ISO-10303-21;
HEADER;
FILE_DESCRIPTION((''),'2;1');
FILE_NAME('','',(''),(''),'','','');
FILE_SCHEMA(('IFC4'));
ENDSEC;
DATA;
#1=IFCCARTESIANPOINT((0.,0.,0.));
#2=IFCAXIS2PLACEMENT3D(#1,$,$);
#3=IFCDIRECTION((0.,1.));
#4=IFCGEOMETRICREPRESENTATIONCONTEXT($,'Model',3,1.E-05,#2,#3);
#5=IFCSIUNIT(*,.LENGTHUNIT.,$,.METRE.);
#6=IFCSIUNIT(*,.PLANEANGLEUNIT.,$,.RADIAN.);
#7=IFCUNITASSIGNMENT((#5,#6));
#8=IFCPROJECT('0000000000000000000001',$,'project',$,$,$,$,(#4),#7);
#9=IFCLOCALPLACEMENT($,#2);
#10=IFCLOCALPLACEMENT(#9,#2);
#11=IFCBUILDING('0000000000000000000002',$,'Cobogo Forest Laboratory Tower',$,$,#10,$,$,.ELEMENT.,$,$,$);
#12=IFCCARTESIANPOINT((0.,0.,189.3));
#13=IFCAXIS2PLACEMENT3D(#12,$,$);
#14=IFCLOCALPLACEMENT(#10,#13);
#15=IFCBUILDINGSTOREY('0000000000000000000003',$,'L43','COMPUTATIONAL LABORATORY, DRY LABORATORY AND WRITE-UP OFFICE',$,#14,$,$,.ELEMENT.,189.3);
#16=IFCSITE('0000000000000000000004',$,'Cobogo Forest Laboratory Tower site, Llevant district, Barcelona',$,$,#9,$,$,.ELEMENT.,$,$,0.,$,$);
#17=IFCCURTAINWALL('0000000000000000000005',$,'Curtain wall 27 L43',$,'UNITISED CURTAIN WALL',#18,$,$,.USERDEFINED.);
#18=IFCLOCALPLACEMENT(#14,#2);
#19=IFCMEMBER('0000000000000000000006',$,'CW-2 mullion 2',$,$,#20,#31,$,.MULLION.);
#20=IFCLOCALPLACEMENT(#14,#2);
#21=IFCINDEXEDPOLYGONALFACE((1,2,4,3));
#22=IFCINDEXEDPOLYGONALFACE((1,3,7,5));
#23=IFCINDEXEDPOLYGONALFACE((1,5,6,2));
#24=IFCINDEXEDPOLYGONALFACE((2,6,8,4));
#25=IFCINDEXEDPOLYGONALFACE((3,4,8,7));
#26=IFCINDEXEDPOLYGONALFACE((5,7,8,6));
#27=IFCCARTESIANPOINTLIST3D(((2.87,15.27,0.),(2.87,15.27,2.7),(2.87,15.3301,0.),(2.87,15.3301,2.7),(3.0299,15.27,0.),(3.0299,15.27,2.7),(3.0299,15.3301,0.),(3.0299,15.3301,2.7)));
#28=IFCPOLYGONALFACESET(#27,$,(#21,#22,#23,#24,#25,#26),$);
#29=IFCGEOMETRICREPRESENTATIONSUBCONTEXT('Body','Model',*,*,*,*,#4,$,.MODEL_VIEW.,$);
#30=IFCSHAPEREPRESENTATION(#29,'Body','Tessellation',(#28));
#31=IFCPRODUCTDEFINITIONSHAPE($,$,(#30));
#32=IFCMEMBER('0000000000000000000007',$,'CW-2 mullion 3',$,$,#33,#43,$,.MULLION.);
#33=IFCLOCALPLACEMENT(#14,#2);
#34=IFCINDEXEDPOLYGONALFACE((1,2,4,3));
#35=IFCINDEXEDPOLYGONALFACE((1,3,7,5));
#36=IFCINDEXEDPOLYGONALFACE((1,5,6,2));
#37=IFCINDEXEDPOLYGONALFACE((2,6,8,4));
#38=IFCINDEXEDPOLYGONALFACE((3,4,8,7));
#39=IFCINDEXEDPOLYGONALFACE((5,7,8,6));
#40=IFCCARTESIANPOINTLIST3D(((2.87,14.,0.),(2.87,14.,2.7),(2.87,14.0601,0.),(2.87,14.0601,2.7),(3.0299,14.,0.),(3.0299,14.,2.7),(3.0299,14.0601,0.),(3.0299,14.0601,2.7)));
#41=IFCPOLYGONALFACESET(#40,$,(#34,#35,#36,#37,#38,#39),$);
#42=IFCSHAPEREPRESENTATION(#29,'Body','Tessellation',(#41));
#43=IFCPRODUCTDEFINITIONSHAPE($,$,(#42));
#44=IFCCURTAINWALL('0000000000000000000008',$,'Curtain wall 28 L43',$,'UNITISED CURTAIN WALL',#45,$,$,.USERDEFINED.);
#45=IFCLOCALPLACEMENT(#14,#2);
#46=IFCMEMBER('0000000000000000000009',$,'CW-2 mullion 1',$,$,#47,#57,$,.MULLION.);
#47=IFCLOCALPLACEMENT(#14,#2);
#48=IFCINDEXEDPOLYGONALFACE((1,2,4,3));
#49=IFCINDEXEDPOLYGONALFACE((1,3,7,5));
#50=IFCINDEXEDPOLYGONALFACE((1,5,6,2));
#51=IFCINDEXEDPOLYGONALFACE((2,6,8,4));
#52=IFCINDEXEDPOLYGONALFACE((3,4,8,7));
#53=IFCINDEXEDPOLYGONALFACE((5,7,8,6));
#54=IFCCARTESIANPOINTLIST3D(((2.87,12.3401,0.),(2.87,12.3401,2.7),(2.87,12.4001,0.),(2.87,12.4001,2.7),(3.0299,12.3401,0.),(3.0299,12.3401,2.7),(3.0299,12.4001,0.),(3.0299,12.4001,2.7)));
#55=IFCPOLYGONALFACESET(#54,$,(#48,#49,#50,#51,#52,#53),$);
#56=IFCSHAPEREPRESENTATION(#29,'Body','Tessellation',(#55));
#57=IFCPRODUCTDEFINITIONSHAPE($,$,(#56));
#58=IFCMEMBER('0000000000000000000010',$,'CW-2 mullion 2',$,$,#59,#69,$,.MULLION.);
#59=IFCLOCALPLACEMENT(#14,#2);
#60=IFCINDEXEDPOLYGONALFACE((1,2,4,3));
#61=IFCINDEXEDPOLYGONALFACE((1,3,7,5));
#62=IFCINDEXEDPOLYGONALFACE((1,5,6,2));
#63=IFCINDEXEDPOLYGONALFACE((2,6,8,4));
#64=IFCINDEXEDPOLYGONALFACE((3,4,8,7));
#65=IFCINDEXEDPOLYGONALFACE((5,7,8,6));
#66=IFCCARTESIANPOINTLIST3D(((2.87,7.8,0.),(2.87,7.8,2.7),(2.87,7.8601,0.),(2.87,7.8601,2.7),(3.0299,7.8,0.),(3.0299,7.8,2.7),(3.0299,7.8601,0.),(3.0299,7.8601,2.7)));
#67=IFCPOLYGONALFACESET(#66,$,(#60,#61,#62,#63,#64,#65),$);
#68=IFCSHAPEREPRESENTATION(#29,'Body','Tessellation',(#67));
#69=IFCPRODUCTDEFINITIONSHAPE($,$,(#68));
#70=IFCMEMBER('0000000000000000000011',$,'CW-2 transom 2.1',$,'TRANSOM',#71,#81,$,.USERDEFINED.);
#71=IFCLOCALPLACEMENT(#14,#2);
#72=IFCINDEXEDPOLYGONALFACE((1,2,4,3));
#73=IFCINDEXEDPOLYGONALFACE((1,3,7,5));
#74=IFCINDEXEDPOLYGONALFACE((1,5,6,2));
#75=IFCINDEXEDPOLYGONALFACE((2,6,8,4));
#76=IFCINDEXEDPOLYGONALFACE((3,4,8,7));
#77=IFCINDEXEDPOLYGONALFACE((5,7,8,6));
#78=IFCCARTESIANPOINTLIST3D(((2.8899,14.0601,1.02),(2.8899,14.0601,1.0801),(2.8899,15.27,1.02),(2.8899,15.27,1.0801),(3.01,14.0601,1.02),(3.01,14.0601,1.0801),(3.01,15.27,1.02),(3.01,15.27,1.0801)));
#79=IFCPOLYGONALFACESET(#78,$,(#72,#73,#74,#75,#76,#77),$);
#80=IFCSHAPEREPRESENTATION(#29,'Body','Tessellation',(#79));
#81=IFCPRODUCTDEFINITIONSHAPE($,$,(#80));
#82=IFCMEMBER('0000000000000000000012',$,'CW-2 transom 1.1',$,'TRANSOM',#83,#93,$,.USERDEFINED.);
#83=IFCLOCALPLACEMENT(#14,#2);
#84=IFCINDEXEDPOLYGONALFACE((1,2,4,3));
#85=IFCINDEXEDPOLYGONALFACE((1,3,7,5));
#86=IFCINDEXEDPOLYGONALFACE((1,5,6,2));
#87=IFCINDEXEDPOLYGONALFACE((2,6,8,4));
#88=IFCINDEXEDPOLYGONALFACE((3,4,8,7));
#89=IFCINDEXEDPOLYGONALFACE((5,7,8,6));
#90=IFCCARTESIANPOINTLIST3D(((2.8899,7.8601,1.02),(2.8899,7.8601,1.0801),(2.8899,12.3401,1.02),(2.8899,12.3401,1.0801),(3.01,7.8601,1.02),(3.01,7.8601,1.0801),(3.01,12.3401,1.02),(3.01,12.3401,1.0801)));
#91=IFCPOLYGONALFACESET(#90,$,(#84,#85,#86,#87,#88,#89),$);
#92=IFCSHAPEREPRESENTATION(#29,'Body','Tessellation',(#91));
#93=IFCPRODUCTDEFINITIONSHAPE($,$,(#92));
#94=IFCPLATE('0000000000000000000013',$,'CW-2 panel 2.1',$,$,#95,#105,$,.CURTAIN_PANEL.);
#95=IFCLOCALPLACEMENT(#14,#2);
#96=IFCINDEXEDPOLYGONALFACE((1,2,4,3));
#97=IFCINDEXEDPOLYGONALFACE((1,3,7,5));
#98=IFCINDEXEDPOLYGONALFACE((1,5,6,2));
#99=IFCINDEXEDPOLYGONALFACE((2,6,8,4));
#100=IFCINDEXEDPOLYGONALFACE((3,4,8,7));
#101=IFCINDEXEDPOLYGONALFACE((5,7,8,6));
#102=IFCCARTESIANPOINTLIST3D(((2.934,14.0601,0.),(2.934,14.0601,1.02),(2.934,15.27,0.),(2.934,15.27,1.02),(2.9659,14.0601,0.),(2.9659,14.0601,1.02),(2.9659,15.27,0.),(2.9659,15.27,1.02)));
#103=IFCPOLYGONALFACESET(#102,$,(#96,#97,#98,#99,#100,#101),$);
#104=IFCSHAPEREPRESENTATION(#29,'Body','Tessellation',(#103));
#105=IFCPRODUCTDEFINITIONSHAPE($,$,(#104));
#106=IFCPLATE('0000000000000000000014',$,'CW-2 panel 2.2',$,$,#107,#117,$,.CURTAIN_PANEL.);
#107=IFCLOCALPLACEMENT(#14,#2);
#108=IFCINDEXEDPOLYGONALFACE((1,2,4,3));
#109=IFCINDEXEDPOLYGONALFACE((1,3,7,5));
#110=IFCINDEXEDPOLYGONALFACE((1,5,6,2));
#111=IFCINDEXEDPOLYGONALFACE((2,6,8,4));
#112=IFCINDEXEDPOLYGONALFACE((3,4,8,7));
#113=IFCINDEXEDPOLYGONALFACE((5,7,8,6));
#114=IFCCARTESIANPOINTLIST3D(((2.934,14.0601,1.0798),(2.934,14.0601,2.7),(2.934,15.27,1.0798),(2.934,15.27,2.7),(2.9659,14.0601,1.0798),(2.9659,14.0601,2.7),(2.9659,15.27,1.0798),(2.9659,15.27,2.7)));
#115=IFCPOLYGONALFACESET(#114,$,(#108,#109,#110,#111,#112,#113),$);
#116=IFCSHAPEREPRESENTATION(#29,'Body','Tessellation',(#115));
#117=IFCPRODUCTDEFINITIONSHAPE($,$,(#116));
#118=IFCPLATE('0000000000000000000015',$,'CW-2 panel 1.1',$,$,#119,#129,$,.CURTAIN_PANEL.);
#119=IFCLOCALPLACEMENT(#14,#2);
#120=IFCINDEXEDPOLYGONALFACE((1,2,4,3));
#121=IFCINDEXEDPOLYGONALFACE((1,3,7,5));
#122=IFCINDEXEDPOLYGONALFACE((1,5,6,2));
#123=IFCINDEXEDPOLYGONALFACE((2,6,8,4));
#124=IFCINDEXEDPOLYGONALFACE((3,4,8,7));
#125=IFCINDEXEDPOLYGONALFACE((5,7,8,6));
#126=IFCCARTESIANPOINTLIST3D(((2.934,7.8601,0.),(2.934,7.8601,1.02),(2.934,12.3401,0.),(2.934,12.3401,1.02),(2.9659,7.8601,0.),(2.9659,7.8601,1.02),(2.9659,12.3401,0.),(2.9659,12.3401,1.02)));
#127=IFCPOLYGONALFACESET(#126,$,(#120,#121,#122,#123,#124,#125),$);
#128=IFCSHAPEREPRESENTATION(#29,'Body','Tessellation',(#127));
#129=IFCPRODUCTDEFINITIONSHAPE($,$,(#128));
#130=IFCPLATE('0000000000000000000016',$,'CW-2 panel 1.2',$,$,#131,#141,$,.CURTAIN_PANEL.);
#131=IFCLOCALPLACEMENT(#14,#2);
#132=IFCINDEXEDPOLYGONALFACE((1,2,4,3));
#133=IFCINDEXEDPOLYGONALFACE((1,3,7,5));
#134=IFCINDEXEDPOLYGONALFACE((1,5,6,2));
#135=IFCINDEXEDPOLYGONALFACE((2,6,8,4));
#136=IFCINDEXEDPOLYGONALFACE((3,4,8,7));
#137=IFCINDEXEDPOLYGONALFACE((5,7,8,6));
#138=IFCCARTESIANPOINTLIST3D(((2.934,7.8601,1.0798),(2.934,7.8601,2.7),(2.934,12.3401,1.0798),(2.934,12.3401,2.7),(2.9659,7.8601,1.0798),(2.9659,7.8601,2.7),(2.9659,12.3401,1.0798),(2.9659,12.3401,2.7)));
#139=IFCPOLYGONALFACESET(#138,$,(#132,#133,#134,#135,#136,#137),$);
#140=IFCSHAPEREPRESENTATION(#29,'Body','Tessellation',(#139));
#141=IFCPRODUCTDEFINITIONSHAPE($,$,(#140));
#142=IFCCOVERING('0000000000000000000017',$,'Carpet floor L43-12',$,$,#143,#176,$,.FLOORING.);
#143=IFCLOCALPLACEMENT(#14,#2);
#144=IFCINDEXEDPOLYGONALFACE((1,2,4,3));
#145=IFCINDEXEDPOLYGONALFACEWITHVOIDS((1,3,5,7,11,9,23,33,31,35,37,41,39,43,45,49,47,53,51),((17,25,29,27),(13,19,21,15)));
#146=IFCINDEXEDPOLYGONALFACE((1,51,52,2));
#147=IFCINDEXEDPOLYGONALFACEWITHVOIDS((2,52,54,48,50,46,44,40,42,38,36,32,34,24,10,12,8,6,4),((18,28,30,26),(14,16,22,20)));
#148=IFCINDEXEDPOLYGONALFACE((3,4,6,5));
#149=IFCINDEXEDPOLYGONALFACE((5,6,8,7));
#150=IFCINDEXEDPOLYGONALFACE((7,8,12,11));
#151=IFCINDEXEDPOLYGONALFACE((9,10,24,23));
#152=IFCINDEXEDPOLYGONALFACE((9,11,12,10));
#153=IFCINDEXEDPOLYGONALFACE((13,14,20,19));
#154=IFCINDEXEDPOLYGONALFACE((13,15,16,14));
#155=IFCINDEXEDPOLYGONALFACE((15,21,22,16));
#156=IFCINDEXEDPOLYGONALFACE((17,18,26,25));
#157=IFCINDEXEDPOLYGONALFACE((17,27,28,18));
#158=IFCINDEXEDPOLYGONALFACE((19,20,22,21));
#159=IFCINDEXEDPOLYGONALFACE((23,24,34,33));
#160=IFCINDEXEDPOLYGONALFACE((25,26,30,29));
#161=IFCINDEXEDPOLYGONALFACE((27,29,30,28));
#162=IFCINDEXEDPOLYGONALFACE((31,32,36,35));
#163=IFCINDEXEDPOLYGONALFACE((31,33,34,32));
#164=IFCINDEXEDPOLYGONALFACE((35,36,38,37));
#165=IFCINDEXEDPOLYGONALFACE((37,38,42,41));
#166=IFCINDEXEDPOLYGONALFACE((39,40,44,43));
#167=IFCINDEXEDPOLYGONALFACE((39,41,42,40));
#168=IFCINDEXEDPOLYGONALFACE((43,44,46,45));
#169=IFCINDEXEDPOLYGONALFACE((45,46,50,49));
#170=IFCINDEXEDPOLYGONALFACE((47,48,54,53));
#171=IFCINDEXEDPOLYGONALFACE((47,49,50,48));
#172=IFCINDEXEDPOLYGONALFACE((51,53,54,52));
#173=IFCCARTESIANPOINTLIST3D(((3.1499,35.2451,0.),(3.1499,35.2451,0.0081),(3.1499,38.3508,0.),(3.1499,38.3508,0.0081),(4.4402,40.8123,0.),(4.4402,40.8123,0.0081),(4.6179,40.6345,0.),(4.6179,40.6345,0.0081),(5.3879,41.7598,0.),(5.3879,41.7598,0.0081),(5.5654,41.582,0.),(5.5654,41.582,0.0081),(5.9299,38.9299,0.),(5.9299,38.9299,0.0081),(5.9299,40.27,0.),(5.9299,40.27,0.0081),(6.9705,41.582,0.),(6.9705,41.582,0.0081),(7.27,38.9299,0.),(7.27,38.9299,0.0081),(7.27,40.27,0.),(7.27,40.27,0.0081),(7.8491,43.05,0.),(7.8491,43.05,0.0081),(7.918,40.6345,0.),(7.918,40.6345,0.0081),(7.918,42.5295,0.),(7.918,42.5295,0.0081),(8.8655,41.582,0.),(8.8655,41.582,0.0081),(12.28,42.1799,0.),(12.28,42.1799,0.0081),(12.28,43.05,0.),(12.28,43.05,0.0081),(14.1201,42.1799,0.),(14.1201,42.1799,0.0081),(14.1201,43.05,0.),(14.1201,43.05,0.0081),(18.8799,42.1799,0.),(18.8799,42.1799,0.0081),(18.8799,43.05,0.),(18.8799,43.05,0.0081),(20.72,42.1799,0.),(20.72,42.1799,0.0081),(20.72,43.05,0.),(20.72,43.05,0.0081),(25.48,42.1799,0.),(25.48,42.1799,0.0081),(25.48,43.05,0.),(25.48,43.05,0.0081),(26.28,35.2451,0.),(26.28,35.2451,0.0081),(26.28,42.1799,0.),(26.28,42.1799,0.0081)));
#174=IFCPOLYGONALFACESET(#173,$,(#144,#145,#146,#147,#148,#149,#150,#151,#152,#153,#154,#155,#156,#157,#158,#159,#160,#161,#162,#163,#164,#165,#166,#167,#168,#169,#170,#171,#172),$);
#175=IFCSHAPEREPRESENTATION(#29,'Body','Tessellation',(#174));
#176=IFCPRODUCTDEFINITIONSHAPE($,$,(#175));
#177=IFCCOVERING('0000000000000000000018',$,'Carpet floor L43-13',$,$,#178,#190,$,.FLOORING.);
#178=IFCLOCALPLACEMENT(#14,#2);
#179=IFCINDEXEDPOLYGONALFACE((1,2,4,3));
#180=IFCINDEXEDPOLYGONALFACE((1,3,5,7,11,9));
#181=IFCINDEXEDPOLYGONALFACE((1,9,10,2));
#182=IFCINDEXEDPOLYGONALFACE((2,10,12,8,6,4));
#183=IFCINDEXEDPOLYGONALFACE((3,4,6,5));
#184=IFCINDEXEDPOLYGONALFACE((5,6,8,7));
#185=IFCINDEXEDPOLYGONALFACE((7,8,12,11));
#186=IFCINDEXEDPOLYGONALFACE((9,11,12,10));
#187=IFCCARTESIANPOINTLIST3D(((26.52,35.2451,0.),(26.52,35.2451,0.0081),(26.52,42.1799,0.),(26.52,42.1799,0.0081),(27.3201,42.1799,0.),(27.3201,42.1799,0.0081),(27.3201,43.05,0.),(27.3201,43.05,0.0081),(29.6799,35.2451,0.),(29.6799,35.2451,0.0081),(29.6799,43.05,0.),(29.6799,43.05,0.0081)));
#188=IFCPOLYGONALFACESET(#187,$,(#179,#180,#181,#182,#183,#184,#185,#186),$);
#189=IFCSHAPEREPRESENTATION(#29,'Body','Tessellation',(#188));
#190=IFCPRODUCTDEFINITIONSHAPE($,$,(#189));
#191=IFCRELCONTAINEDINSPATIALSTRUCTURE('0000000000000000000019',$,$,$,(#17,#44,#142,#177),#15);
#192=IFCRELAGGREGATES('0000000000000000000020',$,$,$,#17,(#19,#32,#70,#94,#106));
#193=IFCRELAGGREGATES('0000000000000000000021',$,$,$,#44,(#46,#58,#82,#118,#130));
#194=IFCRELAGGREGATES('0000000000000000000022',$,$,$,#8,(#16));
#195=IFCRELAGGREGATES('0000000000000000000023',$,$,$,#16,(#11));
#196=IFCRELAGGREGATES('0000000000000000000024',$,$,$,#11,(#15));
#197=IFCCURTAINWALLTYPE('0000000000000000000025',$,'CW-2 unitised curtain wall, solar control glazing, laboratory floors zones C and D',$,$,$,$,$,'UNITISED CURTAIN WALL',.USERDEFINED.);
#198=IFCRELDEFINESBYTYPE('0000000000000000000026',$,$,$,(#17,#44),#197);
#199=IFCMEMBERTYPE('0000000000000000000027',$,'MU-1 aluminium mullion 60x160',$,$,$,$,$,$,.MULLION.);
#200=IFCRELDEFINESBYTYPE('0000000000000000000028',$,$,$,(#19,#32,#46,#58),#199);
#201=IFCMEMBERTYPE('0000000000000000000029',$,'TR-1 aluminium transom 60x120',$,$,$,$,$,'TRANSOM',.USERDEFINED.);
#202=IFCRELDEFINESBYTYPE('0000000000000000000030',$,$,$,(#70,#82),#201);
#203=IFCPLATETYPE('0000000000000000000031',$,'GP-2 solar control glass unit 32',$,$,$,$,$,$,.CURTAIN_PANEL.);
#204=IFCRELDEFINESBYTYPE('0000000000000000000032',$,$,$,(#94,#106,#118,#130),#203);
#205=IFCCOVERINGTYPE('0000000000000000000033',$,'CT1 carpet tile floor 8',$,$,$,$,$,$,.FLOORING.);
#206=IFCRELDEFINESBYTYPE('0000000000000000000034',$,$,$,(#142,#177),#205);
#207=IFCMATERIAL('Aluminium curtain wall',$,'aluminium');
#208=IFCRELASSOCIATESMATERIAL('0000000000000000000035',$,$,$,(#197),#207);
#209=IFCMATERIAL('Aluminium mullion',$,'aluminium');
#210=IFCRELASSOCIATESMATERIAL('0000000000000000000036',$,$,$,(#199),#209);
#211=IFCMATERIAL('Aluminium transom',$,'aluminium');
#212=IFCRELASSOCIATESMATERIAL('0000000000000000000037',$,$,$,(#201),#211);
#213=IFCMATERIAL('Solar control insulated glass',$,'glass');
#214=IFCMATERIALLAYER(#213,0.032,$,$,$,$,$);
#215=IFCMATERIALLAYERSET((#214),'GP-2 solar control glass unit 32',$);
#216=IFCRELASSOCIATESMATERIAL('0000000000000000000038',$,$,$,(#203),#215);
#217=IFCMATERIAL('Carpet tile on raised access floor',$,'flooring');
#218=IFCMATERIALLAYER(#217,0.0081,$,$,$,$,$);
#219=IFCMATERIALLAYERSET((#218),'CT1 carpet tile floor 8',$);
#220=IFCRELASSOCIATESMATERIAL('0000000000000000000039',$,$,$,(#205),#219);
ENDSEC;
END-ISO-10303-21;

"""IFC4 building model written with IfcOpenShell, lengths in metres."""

from ifc_helpers import new_model, si_unit, direction, frame, origin, origin_2d, place, context, subcontext, project, spatial, polyline, rectangle, outline, extrude, material, layer, layer_set, material_profile, profile_set, type_object, element, aggregate, save


model = new_model("IFC4")

# Units and contexts
model_context = context("Model", 3, precision=1e-05, world=origin(), true_north=direction((0.0, 1.0)))
body_context = subcontext(model_context, "Body", "Model", "MODEL_VIEW")
ifc_project = project(units=[si_unit("LENGTHUNIT", "METRE"), si_unit("PLANEANGLEUNIT", "RADIAN")], contexts=[model_context])

# Site, building, storey
site_placement = place(None, origin())
site = spatial("IfcSite", under=ifc_project, at=site_placement, Name="Cobogo Forest Laboratory Tower site, Llevant district, Barcelona", CompositionType="ELEMENT", RefElevation=0.0)
building_placement = place(site_placement, origin())
building = spatial("IfcBuilding", under=site, at=building_placement, Name="Cobogo Forest Laboratory Tower", CompositionType="ELEMENT")
storey_placement = place(building_placement, frame((0.0, 0.0, 189.3)))
storey = spatial("IfcBuildingStorey", under=building, at=storey_placement, Name="L43", Description="COMPUTATIONAL LABORATORY, DRY LABORATORY AND WRITE-UP OFFICE", CompositionType="ELEMENT", Elevation=189.3)

# Curtain walls, members
ifc_material_1 = material(Name="Aluminium curtain wall", Category="aluminium")
curtain_wall_type = type_object("IfcCurtainWallType", Name="CW-2 unitised curtain wall, solar control glazing, laboratory floors zones C and D", ElementType="UNITISED CURTAIN WALL", PredefinedType="USERDEFINED", material=ifc_material_1)
curtain_wall_1_placement = place(storey_placement, origin())
curtain_wall_1 = element("IfcCurtainWall", 1, at=curtain_wall_1_placement, inside=storey, type_object=curtain_wall_type, Name="Curtain wall 27 L43", ObjectType="UNITISED CURTAIN WALL", PredefinedType="USERDEFINED")
ifc_material_2 = material(Name="Aluminium mullion", Category="aluminium")
ifc_material_profile_1 = material_profile(ifc_material_2, rectangle(XDim=0.0601, YDim=0.1599, at=origin_2d()), Name="AL 60x160")
ifc_profile_set_1 = profile_set([ifc_material_profile_1], Name="Aluminium mullion")
member_type_1 = type_object("IfcMemberType", Name="MU-1 aluminium mullion 60x160", PredefinedType="MULLION", material=ifc_profile_set_1)
member_1_placement = place(storey_placement, frame((2.95, 15.3, 0.0), z_axis=(0.0, 0.0, 1.0), x_axis=(0.0, -1.0, 0.0)))
member_1 = element("IfcMember", 2, at=member_1_placement, type_object=member_type_1, Name="CW-2 mullion 2", PredefinedType="MULLION", context=body_context, shape_type="SweptSolid", body=[
    extrude(rectangle(XDim=0.0601, YDim=0.1599, at=origin_2d()), origin(), (0.0, 0.0, 1.0), 2.7),
])
member_2_placement = place(storey_placement, frame((2.95, 14.03, 0.0), z_axis=(0.0, 0.0, 1.0), x_axis=(0.0, -1.0, 0.0)))
member_2 = element("IfcMember", 3, at=member_2_placement, type_object=member_type_1, Name="CW-2 mullion 3", PredefinedType="MULLION", context=body_context, shape_type="SweptSolid", body=[
    extrude(rectangle(XDim=0.0601, YDim=0.1599, at=origin_2d()), origin(), (0.0, 0.0, 1.0), 2.7),
])
curtain_wall_2_placement = place(storey_placement, origin())
curtain_wall_2 = element("IfcCurtainWall", 4, at=curtain_wall_2_placement, inside=storey, type_object=curtain_wall_type, Name="Curtain wall 28 L43", ObjectType="UNITISED CURTAIN WALL", PredefinedType="USERDEFINED")
member_3_placement = place(storey_placement, frame((2.95, 12.3701, 0.0), z_axis=(0.0, 0.0, 1.0), x_axis=(0.0, -1.0, 0.0)))
member_3 = element("IfcMember", 5, at=member_3_placement, type_object=member_type_1, Name="CW-2 mullion 1", PredefinedType="MULLION", context=body_context, shape_type="SweptSolid", body=[
    extrude(rectangle(XDim=0.0601, YDim=0.1599, at=origin_2d()), origin(), (0.0, 0.0, 1.0), 2.7),
])
member_4_placement = place(storey_placement, frame((2.95, 7.8301, 0.0), z_axis=(0.0, 0.0, 1.0), x_axis=(0.0, -1.0, 0.0)))
member_4 = element("IfcMember", 6, at=member_4_placement, type_object=member_type_1, Name="CW-2 mullion 2", PredefinedType="MULLION", context=body_context, shape_type="SweptSolid", body=[
    extrude(rectangle(XDim=0.0601, YDim=0.1599, at=origin_2d()), origin(), (0.0, 0.0, 1.0), 2.7),
])

# Members
ifc_material_3 = material(Name="Aluminium transom", Category="aluminium")
ifc_material_profile_2 = material_profile(ifc_material_3, rectangle(XDim=0.1201, YDim=0.0601, at=origin_2d()), Name="AL 60x120")
ifc_profile_set_2 = profile_set([ifc_material_profile_2], Name="Aluminium transom")
member_type_2 = type_object("IfcMemberType", Name="TR-1 aluminium transom 60x120", ElementType="TRANSOM", PredefinedType="USERDEFINED", material=ifc_profile_set_2)
member_5_placement = place(storey_placement, frame((2.95, 15.27, 1.05), z_axis=(0.0, -1.0, 0.0), x_axis=(1.0, 0.0, 0.0)))
member_5 = element("IfcMember", 7, at=member_5_placement, type_object=member_type_2, Name="CW-2 transom 2.1", ObjectType="TRANSOM", PredefinedType="USERDEFINED", context=body_context, shape_type="SweptSolid", body=[
    extrude(rectangle(XDim=0.1201, YDim=0.0601, at=origin_2d()), origin(), (0.0, 0.0, 1.0), 1.21),
])
member_6_placement = place(storey_placement, frame((2.95, 12.3401, 1.05), z_axis=(0.0, -1.0, 0.0), x_axis=(1.0, 0.0, 0.0)))
member_6 = element("IfcMember", 8, at=member_6_placement, type_object=member_type_2, Name="CW-2 transom 1.1", ObjectType="TRANSOM", PredefinedType="USERDEFINED", context=body_context, shape_type="SweptSolid", body=[
    extrude(rectangle(XDim=0.1201, YDim=0.0601, at=origin_2d()), origin(), (0.0, 0.0, 1.0), 4.48),
])

# Plates
ifc_material_4 = material(Name="Solar control insulated glass", Category="glass")
ifc_layer_1 = layer(ifc_material_4, 0.032)
ifc_layer_set_1 = layer_set([ifc_layer_1], Name="GP-2 solar control glass unit 32")
plate_type_1 = type_object("IfcPlateType", Name="GP-2 solar control glass unit 32", PredefinedType="CURTAIN_PANEL", material=ifc_layer_set_1)
plate_1_placement = place(storey_placement, frame((2.95, 14.665, 0.0), z_axis=(0.0, 0.0, 1.0), x_axis=(0.0, -1.0, 0.0)))
plate_1 = element("IfcPlate", 9, at=plate_1_placement, type_object=plate_type_1, Name="CW-2 panel 2.1", PredefinedType="CURTAIN_PANEL", context=body_context, shape_type="SweptSolid", body=[
    extrude(rectangle(XDim=1.21, YDim=0.032, at=origin_2d()), origin(), (0.0, 0.0, 1.0), 1.02),
])
plate_2_placement = place(storey_placement, frame((2.95, 14.665, 1.0798), z_axis=(0.0, 0.0, 1.0), x_axis=(0.0, -1.0, 0.0)))
plate_2 = element("IfcPlate", 10, at=plate_2_placement, type_object=plate_type_1, Name="CW-2 panel 2.2", PredefinedType="CURTAIN_PANEL", context=body_context, shape_type="SweptSolid", body=[
    extrude(rectangle(XDim=1.21, YDim=0.032, at=origin_2d()), origin(), (0.0, 0.0, 1.0), 1.6201),
])
aggregate(curtain_wall_1, [member_1, member_2, member_5, plate_1, plate_2])
plate_3_placement = place(storey_placement, frame((2.95, 10.1001, 0.0), z_axis=(0.0, 0.0, 1.0), x_axis=(0.0, -1.0, 0.0)))
plate_3 = element("IfcPlate", 11, at=plate_3_placement, type_object=plate_type_1, Name="CW-2 panel 1.1", PredefinedType="CURTAIN_PANEL", context=body_context, shape_type="SweptSolid", body=[
    extrude(rectangle(XDim=4.48, YDim=0.032, at=origin_2d()), origin(), (0.0, 0.0, 1.0), 1.02),
])
plate_4_placement = place(storey_placement, frame((2.95, 10.1001, 1.0798), z_axis=(0.0, 0.0, 1.0), x_axis=(0.0, -1.0, 0.0)))
plate_4 = element("IfcPlate", 12, at=plate_4_placement, type_object=plate_type_1, Name="CW-2 panel 1.2", PredefinedType="CURTAIN_PANEL", context=body_context, shape_type="SweptSolid", body=[
    extrude(rectangle(XDim=4.48, YDim=0.032, at=origin_2d()), origin(), (0.0, 0.0, 1.0), 1.6201),
])
aggregate(curtain_wall_2, [member_3, member_4, member_6, plate_3, plate_4])

# Coverings
ifc_material_5 = material(Name="Carpet tile on raised access floor", Category="flooring")
ifc_layer_2 = layer(ifc_material_5, 0.0081)
ifc_layer_set_2 = layer_set([ifc_layer_2], Name="CT1 carpet tile floor 8")
covering_type_1 = type_object("IfcCoveringType", Name="CT1 carpet tile floor 8", PredefinedType="FLOORING", material=ifc_layer_set_2)
covering_1_placement = place(storey_placement, origin())
element("IfcCovering", 13, at=covering_1_placement, inside=storey, type_object=covering_type_1, Name="Carpet floor L43-12", PredefinedType="FLOORING", context=body_context, shape_type="SweptSolid", body=[
    extrude(outline(polyline([(3.1499, 35.2451), (3.1499, 38.3508), (4.4402, 40.8123), (4.6179, 40.6345), (5.5654, 41.582), (5.3879, 41.7598), (7.8491, 43.05), (12.28, 43.05), (12.28, 42.1799), (14.1201, 42.1799), (14.1201, 43.05), (18.8799, 43.05), (18.8799, 42.1799), (20.72, 42.1799), (20.72, 43.05), (25.48, 43.05), (25.48, 42.1799), (26.28, 42.1799), (26.28, 35.2451), (3.1499, 35.2451)]), holes=[polyline([(7.918, 40.6345), (8.8655, 41.582), (7.918, 42.5295), (6.9705, 41.582), (7.918, 40.6345)]), polyline([(5.9299, 38.9299), (7.27, 38.9299), (7.27, 40.27), (5.9299, 40.27), (5.9299, 38.9299)])]), origin(), (0.0, 0.0, 1.0), 0.0081),
])
covering_2_placement = place(storey_placement, origin())
element("IfcCovering", 14, at=covering_2_placement, inside=storey, type_object=covering_type_1, Name="Carpet floor L43-13", PredefinedType="FLOORING", context=body_context, shape_type="SweptSolid", body=[
    extrude(outline(polyline([(26.52, 35.2451), (26.52, 42.1799), (27.3201, 42.1799), (27.3201, 43.05), (29.6799, 43.05), (29.6799, 35.2451), (26.52, 35.2451)])), origin(), (0.0, 0.0, 1.0), 0.0081),
])

save(model, "model.ifc")
